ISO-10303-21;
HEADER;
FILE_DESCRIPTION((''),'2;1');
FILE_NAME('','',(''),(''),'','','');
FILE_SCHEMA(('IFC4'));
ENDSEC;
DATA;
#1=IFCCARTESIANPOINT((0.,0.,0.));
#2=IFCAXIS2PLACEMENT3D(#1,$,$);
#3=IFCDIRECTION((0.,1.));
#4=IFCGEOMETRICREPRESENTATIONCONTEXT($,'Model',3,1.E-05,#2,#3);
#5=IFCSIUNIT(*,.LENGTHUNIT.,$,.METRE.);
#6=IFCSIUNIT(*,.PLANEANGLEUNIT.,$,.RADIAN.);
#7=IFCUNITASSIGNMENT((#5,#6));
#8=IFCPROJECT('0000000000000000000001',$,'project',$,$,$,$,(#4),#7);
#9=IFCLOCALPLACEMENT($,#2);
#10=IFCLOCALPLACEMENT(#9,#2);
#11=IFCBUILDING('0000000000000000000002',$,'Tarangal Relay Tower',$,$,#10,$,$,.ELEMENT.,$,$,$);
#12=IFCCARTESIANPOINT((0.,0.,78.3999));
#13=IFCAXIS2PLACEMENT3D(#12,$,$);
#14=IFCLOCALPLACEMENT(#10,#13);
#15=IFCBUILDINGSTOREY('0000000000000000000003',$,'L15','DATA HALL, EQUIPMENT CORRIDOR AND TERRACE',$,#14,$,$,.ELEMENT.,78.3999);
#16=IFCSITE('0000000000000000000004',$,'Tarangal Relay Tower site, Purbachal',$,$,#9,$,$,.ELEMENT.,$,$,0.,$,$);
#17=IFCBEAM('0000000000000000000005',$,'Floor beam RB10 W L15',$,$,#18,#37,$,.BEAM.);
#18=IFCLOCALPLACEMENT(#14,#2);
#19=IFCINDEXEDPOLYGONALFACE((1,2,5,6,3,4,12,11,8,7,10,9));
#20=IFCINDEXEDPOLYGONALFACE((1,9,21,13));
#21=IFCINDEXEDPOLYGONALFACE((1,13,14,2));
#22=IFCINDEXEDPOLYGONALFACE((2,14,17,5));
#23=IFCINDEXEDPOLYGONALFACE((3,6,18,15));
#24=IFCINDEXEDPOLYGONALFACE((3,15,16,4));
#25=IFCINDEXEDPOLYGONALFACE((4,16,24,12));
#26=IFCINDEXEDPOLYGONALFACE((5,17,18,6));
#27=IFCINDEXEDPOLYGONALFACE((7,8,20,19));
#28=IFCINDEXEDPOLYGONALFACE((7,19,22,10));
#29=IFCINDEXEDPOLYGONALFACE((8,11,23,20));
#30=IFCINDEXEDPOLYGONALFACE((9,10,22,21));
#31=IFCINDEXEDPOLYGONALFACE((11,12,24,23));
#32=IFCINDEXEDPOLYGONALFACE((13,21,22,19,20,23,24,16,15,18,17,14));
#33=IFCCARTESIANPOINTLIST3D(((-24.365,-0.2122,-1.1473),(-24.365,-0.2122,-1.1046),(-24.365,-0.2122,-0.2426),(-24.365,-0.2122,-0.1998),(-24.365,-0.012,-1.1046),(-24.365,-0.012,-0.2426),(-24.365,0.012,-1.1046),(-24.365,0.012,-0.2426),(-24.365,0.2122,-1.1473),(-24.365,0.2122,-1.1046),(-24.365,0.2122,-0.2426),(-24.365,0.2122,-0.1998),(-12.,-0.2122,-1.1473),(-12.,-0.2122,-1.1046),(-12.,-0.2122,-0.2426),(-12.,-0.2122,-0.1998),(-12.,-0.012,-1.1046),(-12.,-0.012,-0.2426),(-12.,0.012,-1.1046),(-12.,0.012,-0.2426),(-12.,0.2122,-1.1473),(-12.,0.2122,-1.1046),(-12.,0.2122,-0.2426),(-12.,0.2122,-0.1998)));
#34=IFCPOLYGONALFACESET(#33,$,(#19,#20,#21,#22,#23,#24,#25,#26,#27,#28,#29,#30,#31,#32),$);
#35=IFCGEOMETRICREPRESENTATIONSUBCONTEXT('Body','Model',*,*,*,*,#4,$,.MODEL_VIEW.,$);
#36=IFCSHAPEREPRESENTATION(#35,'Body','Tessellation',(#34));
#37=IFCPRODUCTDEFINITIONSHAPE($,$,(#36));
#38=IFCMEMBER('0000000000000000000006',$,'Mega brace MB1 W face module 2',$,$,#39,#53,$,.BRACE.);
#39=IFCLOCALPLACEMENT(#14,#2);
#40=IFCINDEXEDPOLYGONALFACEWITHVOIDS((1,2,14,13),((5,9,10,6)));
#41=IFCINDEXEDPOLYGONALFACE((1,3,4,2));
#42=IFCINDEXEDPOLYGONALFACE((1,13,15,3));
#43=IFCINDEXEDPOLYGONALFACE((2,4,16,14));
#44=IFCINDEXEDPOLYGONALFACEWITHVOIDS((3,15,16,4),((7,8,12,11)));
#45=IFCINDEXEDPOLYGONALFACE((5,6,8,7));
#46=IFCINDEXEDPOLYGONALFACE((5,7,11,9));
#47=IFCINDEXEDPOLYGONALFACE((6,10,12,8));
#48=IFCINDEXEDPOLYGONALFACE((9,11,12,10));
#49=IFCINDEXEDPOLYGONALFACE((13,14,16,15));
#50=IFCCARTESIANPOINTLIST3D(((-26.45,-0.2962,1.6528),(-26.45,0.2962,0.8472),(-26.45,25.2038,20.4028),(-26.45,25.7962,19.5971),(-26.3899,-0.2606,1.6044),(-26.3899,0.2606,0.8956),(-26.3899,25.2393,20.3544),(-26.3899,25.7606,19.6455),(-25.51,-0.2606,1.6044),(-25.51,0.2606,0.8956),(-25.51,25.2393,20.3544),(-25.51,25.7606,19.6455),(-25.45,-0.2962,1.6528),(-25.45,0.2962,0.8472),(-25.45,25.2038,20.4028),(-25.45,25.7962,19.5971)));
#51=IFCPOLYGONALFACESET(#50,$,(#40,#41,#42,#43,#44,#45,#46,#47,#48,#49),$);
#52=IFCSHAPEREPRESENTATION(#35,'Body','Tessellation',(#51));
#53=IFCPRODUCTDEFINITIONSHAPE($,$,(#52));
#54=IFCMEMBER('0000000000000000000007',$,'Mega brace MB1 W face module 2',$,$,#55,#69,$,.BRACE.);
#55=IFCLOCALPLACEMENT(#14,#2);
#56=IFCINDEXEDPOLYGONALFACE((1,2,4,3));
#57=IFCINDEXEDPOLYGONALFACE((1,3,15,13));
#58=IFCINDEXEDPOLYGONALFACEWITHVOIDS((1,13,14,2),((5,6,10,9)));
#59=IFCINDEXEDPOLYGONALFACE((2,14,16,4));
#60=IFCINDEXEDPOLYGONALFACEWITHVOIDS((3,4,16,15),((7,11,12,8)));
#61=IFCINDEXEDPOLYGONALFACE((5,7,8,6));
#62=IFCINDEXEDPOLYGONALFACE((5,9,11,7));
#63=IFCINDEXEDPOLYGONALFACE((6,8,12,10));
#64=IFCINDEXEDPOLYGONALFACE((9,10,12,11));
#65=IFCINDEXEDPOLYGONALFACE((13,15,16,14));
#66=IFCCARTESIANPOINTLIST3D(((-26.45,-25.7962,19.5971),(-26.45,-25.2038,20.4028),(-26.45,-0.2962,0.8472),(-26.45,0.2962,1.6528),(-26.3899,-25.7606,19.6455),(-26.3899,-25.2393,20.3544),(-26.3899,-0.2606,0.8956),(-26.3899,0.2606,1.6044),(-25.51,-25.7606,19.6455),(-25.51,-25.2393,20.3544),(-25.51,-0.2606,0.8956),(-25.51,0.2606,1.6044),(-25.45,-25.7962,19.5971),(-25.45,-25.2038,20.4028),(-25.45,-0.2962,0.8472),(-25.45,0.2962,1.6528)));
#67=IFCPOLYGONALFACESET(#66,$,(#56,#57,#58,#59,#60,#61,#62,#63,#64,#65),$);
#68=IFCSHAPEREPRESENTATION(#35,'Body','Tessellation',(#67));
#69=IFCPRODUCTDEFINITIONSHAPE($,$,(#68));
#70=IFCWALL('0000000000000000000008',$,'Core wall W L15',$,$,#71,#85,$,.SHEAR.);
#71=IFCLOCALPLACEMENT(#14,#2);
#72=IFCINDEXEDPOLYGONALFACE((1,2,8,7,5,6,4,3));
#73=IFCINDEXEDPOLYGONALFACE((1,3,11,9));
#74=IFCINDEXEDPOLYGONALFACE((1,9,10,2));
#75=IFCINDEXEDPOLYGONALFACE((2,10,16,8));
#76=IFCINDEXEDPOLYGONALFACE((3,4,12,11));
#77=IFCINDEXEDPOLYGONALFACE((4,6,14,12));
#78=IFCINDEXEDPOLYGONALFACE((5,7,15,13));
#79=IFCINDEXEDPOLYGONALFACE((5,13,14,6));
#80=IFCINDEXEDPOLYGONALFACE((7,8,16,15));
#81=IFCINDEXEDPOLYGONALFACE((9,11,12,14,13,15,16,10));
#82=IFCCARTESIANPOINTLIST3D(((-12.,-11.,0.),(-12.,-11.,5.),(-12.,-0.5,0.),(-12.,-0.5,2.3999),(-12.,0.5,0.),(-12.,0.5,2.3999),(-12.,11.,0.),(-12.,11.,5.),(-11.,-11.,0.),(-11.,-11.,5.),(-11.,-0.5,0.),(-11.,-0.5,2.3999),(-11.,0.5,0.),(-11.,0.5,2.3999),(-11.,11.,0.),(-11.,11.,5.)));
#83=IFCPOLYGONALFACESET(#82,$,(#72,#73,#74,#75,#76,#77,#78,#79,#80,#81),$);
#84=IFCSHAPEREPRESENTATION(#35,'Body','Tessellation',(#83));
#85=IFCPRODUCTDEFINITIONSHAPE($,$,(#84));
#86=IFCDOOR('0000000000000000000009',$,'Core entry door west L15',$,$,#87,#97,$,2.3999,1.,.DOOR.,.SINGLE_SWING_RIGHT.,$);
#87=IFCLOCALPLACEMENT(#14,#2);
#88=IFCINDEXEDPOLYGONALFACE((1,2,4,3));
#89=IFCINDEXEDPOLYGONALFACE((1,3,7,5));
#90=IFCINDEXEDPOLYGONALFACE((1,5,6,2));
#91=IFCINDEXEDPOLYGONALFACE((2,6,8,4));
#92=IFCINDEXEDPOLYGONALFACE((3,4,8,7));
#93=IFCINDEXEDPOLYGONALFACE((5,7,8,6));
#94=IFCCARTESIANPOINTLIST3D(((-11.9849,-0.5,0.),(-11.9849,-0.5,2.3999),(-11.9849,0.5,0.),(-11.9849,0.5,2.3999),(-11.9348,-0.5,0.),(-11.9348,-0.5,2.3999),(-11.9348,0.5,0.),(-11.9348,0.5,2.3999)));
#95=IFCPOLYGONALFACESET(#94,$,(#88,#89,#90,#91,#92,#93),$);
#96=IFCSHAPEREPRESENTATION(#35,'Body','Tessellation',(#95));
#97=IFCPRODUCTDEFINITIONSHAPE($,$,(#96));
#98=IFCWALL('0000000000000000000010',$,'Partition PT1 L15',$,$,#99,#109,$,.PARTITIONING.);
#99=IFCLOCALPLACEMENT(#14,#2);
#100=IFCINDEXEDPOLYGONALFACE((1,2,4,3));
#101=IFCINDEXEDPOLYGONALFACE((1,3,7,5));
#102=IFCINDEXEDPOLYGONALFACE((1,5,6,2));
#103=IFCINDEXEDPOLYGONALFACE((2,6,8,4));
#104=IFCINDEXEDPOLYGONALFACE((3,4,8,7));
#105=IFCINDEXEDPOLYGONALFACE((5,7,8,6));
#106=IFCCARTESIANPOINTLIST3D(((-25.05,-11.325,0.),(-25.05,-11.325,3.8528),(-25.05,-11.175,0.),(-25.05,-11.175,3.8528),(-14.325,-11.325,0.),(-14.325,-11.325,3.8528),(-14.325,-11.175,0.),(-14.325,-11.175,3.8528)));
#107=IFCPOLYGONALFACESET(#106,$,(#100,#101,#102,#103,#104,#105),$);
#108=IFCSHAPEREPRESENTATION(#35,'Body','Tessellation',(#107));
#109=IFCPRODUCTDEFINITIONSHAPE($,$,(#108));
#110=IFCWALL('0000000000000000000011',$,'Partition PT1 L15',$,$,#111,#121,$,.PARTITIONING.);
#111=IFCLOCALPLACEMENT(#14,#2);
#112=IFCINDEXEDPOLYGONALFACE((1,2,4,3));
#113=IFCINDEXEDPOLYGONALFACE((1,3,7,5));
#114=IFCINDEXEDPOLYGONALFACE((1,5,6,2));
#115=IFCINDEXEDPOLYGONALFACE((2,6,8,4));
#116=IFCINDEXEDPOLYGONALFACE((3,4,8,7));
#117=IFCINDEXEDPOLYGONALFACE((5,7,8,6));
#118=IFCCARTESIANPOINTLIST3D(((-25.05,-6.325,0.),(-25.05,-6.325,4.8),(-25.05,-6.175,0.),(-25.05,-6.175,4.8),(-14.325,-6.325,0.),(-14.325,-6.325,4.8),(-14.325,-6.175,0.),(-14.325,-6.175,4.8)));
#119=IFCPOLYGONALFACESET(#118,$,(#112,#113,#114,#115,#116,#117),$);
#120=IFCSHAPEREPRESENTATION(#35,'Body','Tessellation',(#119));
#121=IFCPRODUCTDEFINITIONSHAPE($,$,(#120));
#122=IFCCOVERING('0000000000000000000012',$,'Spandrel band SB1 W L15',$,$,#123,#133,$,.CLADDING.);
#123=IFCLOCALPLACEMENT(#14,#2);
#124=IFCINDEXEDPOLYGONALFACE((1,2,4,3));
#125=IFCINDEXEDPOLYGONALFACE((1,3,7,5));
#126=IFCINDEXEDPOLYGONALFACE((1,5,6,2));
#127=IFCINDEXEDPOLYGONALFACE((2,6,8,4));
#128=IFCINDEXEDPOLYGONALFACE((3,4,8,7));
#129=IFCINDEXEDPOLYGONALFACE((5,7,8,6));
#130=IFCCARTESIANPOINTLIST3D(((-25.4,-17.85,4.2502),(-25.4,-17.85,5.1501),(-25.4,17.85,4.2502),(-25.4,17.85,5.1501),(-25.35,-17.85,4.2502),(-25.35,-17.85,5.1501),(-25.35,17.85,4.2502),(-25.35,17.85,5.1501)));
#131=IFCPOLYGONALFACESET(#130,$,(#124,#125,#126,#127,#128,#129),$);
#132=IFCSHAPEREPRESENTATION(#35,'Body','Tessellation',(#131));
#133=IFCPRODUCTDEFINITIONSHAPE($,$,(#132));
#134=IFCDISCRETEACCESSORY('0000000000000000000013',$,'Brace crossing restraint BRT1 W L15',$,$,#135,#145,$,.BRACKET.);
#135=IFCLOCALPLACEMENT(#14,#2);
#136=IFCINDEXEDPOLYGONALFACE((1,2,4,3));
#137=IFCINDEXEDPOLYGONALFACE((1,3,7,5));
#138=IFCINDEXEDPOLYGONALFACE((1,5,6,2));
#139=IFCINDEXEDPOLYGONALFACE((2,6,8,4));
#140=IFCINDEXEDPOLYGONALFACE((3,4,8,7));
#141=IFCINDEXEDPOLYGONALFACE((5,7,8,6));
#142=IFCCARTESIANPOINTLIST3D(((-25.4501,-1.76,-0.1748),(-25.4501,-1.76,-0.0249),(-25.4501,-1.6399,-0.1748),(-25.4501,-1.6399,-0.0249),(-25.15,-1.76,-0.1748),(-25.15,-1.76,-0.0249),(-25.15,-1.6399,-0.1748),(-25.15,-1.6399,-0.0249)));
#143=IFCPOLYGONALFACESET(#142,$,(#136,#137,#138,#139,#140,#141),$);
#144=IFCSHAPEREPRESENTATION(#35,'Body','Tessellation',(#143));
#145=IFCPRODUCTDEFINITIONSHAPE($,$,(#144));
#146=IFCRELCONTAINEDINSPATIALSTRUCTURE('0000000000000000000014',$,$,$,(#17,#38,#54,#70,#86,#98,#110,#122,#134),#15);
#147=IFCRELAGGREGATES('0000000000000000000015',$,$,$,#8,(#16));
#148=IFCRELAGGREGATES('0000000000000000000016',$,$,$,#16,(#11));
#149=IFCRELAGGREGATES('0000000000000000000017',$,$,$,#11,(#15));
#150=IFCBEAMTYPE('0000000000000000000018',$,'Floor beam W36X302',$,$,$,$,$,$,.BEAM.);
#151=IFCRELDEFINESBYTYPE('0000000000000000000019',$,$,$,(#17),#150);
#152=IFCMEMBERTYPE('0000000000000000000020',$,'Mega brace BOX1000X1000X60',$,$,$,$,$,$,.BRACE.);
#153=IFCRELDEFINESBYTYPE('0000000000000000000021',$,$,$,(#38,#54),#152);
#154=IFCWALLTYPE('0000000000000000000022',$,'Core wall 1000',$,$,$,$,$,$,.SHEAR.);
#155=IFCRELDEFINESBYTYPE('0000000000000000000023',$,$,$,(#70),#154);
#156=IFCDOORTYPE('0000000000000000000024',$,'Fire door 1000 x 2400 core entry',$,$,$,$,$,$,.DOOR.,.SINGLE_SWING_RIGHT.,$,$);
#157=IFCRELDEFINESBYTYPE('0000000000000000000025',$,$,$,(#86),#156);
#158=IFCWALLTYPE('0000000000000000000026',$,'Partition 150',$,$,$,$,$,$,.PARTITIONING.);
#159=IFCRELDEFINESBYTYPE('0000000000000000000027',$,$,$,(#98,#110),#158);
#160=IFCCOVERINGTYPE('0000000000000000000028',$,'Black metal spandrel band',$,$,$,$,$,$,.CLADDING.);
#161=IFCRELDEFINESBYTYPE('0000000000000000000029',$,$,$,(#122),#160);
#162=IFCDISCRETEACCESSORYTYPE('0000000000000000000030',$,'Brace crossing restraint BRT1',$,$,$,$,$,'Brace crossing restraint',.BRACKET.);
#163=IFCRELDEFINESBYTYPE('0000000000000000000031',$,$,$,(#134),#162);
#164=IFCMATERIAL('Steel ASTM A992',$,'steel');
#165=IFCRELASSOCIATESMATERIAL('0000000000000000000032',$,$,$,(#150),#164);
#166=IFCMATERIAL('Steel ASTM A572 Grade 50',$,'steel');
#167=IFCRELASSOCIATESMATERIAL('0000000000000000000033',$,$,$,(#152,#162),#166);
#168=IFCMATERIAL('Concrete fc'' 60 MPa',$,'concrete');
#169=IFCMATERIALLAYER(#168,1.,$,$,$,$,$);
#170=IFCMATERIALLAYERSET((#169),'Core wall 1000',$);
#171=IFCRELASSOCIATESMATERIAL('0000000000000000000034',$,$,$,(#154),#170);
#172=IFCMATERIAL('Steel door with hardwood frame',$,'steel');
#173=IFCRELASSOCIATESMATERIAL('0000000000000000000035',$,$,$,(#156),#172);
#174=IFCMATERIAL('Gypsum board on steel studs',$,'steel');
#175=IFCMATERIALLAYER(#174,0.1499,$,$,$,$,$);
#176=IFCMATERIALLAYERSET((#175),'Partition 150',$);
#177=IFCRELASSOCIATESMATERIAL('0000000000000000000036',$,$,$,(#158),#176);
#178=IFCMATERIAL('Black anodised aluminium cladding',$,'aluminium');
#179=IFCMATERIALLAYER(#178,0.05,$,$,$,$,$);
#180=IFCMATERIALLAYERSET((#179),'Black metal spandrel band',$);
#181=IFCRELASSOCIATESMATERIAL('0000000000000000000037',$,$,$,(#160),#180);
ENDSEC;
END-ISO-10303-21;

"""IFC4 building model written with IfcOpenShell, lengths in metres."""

from ifc_helpers import new_model, si_unit, direction, frame, frame_2d, origin, origin_2d, place, context, subcontext, project, spatial, rectangle, hollow_rectangle, i_section, extrude, material, layer, layer_set, material_profile, profile_set, type_object, element, fill, save


model = new_model("IFC4")

# Units and contexts
model_context = context("Model", 3, precision=1e-05, world=origin(), true_north=direction((0.0, 1.0)))
body_context = subcontext(model_context, "Body", "Model", "MODEL_VIEW")
ifc_project = project(units=[si_unit("LENGTHUNIT", "METRE"), si_unit("PLANEANGLEUNIT", "RADIAN")], contexts=[model_context])

# Site, building, storey
site_placement = place(None, origin())
site = spatial("IfcSite", under=ifc_project, at=site_placement, Name="Tarangal Relay Tower site, Purbachal", CompositionType="ELEMENT", RefElevation=0.0)
building_placement = place(site_placement, origin())
building = spatial("IfcBuilding", under=site, at=building_placement, Name="Tarangal Relay Tower", CompositionType="ELEMENT")
storey_placement = place(building_placement, frame((0.0, 0.0, 78.3999)))
storey = spatial("IfcBuildingStorey", under=building, at=storey_placement, Name="L15", Description="DATA HALL, EQUIPMENT CORRIDOR AND TERRACE", CompositionType="ELEMENT", Elevation=78.3999)

# Shared definitions
ifc_material_1 = material(Name="Steel ASTM A572 Grade 50", Category="steel")

# Beam
ifc_material_2 = material(Name="Steel ASTM A992", Category="steel")
ifc_material_profile_1 = material_profile(ifc_material_2, i_section(OverallWidth=0.4243, OverallDepth=0.9475, WebThickness=0.0239, FlangeThickness=0.0427, at=origin_2d()), Name="W36X302")
ifc_profile_set_1 = profile_set([ifc_material_profile_1], Name="Steel ASTM A992")
beam_type_1 = type_object("IfcBeamType", Name="Floor beam W36X302", PredefinedType="BEAM", material=ifc_profile_set_1)
for number, where, z_axis, x_axis, name in (
    (1, (-12.0, 0.0, -0.6736), (-1.0, 0.0, 0.0), (0.0, -1.0, 0.0), "Floor beam RB10 W L15"),
):
    element("IfcBeam", number, at=place(storey_placement, frame(where, z_axis=z_axis, x_axis=x_axis)), inside=storey, type_object=beam_type_1, Name=name, PredefinedType="BEAM", context=body_context, shape_type="SweptSolid", body=[
        extrude(i_section(OverallWidth=0.4243, OverallDepth=0.9475, WebThickness=0.0239, FlangeThickness=0.0427, at=origin_2d()), origin(), (0.0, 0.0, 1.0), 12.365),
    ])

# Members
ifc_material_profile_2 = material_profile(ifc_material_1, hollow_rectangle(XDim=1.0, YDim=1.0, WallThickness=0.0601, at=origin_2d()), Name="BOX1000X1000X60")
ifc_profile_set_2 = profile_set([ifc_material_profile_2], Name="Steel ASTM A572 Grade 50")
member_type = type_object("IfcMemberType", Name="Mega brace BOX1000X1000X60", PredefinedType="BRACE", material=ifc_profile_set_2)
for number, where, z_axis, x_axis, name in (
    (2, (-25.95, 0.0, 1.25), (0.0, 0.805651, 0.59239), (-1.0, 0.0, 0.0), "Mega brace MB1 W face module 2"),
    (3, (-25.95, 0.0, 1.25), (0.0, -0.805651, 0.59239), (1.0, 0.0, 0.0), "Mega brace MB1 W face module 2"),
):
    element("IfcMember", number, at=place(storey_placement, frame(where, z_axis=z_axis, x_axis=x_axis)), inside=storey, type_object=member_type, Name=name, PredefinedType="BRACE", context=body_context, shape_type="SweptSolid", body=[
        extrude(hollow_rectangle(XDim=1.0, YDim=1.0, WallThickness=0.0601, at=origin_2d()), origin(), (0.0, 0.0, 1.0), 31.6514),
    ])

# Wall, opening, door
ifc_material_3 = material(Name="Concrete fc' 60 MPa", Category="concrete")
ifc_layer_1 = layer(ifc_material_3, 1.0)
ifc_layer_set_1 = layer_set([ifc_layer_1], Name="Core wall 1000")
wall_type_1 = type_object("IfcWallType", Name="Core wall 1000", PredefinedType="SHEAR", material=ifc_layer_set_1)
wall_1_placement = place(storey_placement, frame((-11.5, -11.0, 0.0), z_axis=(0.0, 0.0, 1.0), x_axis=(0.0, 1.0, 0.0)))
wall_1 = element("IfcWall", 4, at=wall_1_placement, inside=storey, type_object=wall_type_1, Name="Core wall W L15", PredefinedType="SHEAR", context=body_context, shape_type="SweptSolid", body=[
    extrude(rectangle(XDim=22.0, YDim=1.0, at=frame_2d((11.0, 0.0))), origin(), (0.0, 0.0, 1.0), 5.0),
])
opening_placement = place(wall_1_placement, frame((10.5, 0.0, 0.0)))
opening = element("IfcOpeningElement", 5, at=opening_placement, cuts=wall_1, PredefinedType="OPENING", context=body_context, shape_type="SweptSolid", body=[
    extrude(rectangle(XDim=1.0, YDim=2.3999, at=frame_2d((0.5, 1.2))), frame((0.0, 0.51, 0.0), z_axis=(0.0, -1.0, 0.0), x_axis=(1.0, 0.0, 0.0)), (0.0, 0.0, 1.0), 1.02),
])
ifc_material_4 = material(Name="Steel door with hardwood frame", Category="steel")
door_type = type_object("IfcDoorType", Name="Fire door 1000 x 2400 core entry", OperationType="SINGLE_SWING_RIGHT", PredefinedType="DOOR", material=ifc_material_4)
door_placement = place(opening_placement, origin())
door = element("IfcDoor", 6, at=door_placement, inside=storey, type_object=door_type, Name="Core entry door west L15", OperationType="SINGLE_SWING_RIGHT", OverallHeight=2.3999, OverallWidth=1.0, PredefinedType="DOOR", context=body_context, shape_type="SweptSolid", body=[
    extrude(rectangle(XDim=1.0, YDim=2.3999, at=frame_2d((0.5, 1.2))), frame((0.0, 0.4849, 0.0), z_axis=(0.0, -1.0, 0.0), x_axis=(1.0, 0.0, 0.0)), (0.0, 0.0, 1.0), 0.05),
])
fill(opening, door)

# Walls
ifc_material_5 = material(Name="Gypsum board on steel studs", Category="steel")
ifc_layer_2 = layer(ifc_material_5, 0.1499)
ifc_layer_set_2 = layer_set([ifc_layer_2], Name="Partition 150")
wall_type_2 = type_object("IfcWallType", Name="Partition 150", PredefinedType="PARTITIONING", material=ifc_layer_set_2)
wall_2_placement = place(storey_placement, frame((-25.05, -11.25, 0.0), z_axis=(0.0, 0.0, 1.0), x_axis=(1.0, 0.0, 0.0)))
element("IfcWall", 7, at=wall_2_placement, inside=storey, type_object=wall_type_2, Name="Partition PT1 L15", PredefinedType="PARTITIONING", context=body_context, shape_type="SweptSolid", body=[
    extrude(rectangle(XDim=10.7251, YDim=0.1499, at=frame_2d((5.3625, 0.0))), origin(), (0.0, 0.0, 1.0), 3.8528),
])
wall_3_placement = place(storey_placement, frame((-25.05, -6.25, 0.0), z_axis=(0.0, 0.0, 1.0), x_axis=(1.0, 0.0, 0.0)))
element("IfcWall", 8, at=wall_3_placement, inside=storey, type_object=wall_type_2, Name="Partition PT1 L15", PredefinedType="PARTITIONING", context=body_context, shape_type="SweptSolid", body=[
    extrude(rectangle(XDim=10.7251, YDim=0.1499, at=frame_2d((5.3625, 0.0))), origin(), (0.0, 0.0, 1.0), 4.8),
])

# Covering
ifc_material_6 = material(Name="Black anodised aluminium cladding", Category="aluminium")
ifc_layer_3 = layer(ifc_material_6, 0.05)
ifc_layer_set_3 = layer_set([ifc_layer_3], Name="Black metal spandrel band")
covering_type = type_object("IfcCoveringType", Name="Black metal spandrel band", PredefinedType="CLADDING", material=ifc_layer_set_3)
covering_placement = place(storey_placement, frame((-25.375, 0.0, 4.2502), z_axis=(0.0, 0.0, 1.0), x_axis=(0.0, 1.0, 0.0)))
element("IfcCovering", 9, at=covering_placement, inside=storey, type_object=covering_type, Name="Spandrel band SB1 W L15", PredefinedType="CLADDING", context=body_context, shape_type="SweptSolid", body=[
    extrude(rectangle(XDim=35.7, YDim=0.05, at=origin_2d()), origin(), (0.0, 0.0, 1.0), 0.8999),
])

# Discrete accessory
discrete_accessory_type = type_object("IfcDiscreteAccessoryType", Name="Brace crossing restraint BRT1", ElementType="Brace crossing restraint", PredefinedType="BRACKET", material=ifc_material_1)
discrete_accessory_placement = place(storey_placement, frame((-25.3, -1.7, -0.1748), z_axis=(0.0, 0.0, 1.0), x_axis=(1.0, 0.0, 0.0)))
element("IfcDiscreteAccessory", 10, at=discrete_accessory_placement, inside=storey, type_object=discrete_accessory_type, Name="Brace crossing restraint BRT1 W L15", PredefinedType="BRACKET", context=body_context, shape_type="SweptSolid", body=[
    extrude(rectangle(XDim=0.3, YDim=0.1201, at=origin_2d()), origin(), (0.0, 0.0, 1.0), 0.1499),
])

save(model, "model.ifc")
